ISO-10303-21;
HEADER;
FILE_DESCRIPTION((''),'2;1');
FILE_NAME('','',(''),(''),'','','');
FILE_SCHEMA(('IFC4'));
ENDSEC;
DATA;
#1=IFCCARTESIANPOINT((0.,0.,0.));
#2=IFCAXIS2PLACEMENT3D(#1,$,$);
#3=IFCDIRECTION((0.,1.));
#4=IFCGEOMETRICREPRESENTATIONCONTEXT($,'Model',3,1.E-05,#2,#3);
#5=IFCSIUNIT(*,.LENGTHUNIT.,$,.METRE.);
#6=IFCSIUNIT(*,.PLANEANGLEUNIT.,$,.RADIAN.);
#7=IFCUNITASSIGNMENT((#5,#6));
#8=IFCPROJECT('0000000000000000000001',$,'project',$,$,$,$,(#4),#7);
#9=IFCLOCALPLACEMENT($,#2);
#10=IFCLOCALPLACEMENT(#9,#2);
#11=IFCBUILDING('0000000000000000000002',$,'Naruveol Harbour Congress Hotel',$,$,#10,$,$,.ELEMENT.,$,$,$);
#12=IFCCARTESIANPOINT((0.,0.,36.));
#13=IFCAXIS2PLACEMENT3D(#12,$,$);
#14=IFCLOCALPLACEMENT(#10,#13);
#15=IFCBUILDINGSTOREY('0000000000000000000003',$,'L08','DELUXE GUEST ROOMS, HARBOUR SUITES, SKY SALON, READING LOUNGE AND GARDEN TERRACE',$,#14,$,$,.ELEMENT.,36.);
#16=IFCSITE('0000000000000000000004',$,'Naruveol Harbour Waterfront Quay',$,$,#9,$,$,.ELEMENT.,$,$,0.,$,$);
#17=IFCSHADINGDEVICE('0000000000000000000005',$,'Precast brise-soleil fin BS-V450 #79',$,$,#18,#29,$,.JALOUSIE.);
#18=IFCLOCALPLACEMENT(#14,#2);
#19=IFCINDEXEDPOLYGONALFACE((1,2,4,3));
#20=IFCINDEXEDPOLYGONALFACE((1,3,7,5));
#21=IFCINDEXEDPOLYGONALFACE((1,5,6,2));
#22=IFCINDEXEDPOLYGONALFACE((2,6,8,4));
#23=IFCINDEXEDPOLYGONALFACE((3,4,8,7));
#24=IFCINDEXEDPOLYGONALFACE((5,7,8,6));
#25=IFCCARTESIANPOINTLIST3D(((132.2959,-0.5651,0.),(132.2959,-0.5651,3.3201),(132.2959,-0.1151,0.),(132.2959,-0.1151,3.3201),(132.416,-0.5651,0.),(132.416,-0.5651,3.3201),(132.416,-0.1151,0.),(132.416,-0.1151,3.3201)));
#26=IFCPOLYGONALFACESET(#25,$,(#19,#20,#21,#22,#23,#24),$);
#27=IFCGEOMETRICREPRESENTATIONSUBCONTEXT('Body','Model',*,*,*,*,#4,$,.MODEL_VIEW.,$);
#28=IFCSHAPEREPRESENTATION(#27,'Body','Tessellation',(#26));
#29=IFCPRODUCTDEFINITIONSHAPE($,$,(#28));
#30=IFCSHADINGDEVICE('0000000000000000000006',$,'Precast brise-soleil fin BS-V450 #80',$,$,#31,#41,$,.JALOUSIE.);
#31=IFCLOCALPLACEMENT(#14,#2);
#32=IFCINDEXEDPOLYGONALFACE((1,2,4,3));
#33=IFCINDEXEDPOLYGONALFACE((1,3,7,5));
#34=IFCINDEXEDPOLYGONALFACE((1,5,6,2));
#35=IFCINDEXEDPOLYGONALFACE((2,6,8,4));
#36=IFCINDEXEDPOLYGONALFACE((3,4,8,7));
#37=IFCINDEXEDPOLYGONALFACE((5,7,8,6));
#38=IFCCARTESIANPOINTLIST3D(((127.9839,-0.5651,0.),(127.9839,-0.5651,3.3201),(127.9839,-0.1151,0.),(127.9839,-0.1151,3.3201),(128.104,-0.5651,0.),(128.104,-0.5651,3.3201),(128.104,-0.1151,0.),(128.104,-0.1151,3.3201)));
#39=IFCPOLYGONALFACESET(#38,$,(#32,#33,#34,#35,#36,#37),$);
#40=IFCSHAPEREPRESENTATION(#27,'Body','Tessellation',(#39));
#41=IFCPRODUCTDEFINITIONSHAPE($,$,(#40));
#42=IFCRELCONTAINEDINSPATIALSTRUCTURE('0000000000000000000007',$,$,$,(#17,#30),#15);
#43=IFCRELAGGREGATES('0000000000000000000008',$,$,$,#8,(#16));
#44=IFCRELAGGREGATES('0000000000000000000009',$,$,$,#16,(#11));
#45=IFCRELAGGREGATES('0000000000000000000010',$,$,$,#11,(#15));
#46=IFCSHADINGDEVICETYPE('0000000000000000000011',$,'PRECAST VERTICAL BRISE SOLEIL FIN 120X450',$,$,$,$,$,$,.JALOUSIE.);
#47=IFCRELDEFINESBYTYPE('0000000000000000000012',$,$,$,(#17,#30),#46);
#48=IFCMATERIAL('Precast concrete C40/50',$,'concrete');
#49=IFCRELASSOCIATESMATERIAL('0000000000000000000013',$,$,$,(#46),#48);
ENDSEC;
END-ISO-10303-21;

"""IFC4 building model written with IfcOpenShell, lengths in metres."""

from ifc_helpers import new_model, si_unit, direction, frame, origin, origin_2d, place, context, subcontext, project, spatial, rectangle, extrude, material, type_object, element, save


model = new_model("IFC4")

# Units and contexts
model_context = context("Model", 3, precision=1e-05, world=origin(), true_north=direction((0.0, 1.0)))
body_context = subcontext(model_context, "Body", "Model", "MODEL_VIEW")
ifc_project = project(units=[si_unit("LENGTHUNIT", "METRE"), si_unit("PLANEANGLEUNIT", "RADIAN")], contexts=[model_context])

# Site, building, storey
site_placement = place(None, origin())
site = spatial("IfcSite", under=ifc_project, at=site_placement, Name="Naruveol Harbour Waterfront Quay", CompositionType="ELEMENT", RefElevation=0.0)
building_placement = place(site_placement, origin())
building = spatial("IfcBuilding", under=site, at=building_placement, Name="Naruveol Harbour Congress Hotel", CompositionType="ELEMENT")
storey_placement = place(building_placement, frame((0.0, 0.0, 36.0)))
storey = spatial("IfcBuildingStorey", under=building, at=storey_placement, Name="L08", Description="DELUXE GUEST ROOMS, HARBOUR SUITES, SKY SALON, READING LOUNGE AND GARDEN TERRACE", CompositionType="ELEMENT", Elevation=36.0)

# Shading devices
ifc_material_1 = material(Name="Precast concrete C40/50", Category="concrete")
shading_device_type = type_object("IfcShadingDeviceType", Name="PRECAST VERTICAL BRISE SOLEIL FIN 120X450", PredefinedType="JALOUSIE", material=ifc_material_1)
for number, where, z_axis, x_axis, name in (
    (1, (132.356, -0.3401, 0.0), (0.0, 0.0, 1.0), (-1.0, 0.0, 0.0), "Precast brise-soleil fin BS-V450 #79"),
    (2, (128.0439, -0.3401, 0.0), (0.0, 0.0, 1.0), (-1.0, 0.0, 0.0), "Precast brise-soleil fin BS-V450 #80"),
):
    element("IfcShadingDevice", number, at=place(storey_placement, frame(where, z_axis=z_axis, x_axis=x_axis)), inside=storey, type_object=shading_device_type, Name=name, PredefinedType="JALOUSIE", context=body_context, shape_type="SweptSolid", body=[
        extrude(rectangle(XDim=0.1201, YDim=0.45, at=origin_2d()), origin(), (0.0, 0.0, 1.0), 3.3201),
    ])

save(model, "model.ifc")
